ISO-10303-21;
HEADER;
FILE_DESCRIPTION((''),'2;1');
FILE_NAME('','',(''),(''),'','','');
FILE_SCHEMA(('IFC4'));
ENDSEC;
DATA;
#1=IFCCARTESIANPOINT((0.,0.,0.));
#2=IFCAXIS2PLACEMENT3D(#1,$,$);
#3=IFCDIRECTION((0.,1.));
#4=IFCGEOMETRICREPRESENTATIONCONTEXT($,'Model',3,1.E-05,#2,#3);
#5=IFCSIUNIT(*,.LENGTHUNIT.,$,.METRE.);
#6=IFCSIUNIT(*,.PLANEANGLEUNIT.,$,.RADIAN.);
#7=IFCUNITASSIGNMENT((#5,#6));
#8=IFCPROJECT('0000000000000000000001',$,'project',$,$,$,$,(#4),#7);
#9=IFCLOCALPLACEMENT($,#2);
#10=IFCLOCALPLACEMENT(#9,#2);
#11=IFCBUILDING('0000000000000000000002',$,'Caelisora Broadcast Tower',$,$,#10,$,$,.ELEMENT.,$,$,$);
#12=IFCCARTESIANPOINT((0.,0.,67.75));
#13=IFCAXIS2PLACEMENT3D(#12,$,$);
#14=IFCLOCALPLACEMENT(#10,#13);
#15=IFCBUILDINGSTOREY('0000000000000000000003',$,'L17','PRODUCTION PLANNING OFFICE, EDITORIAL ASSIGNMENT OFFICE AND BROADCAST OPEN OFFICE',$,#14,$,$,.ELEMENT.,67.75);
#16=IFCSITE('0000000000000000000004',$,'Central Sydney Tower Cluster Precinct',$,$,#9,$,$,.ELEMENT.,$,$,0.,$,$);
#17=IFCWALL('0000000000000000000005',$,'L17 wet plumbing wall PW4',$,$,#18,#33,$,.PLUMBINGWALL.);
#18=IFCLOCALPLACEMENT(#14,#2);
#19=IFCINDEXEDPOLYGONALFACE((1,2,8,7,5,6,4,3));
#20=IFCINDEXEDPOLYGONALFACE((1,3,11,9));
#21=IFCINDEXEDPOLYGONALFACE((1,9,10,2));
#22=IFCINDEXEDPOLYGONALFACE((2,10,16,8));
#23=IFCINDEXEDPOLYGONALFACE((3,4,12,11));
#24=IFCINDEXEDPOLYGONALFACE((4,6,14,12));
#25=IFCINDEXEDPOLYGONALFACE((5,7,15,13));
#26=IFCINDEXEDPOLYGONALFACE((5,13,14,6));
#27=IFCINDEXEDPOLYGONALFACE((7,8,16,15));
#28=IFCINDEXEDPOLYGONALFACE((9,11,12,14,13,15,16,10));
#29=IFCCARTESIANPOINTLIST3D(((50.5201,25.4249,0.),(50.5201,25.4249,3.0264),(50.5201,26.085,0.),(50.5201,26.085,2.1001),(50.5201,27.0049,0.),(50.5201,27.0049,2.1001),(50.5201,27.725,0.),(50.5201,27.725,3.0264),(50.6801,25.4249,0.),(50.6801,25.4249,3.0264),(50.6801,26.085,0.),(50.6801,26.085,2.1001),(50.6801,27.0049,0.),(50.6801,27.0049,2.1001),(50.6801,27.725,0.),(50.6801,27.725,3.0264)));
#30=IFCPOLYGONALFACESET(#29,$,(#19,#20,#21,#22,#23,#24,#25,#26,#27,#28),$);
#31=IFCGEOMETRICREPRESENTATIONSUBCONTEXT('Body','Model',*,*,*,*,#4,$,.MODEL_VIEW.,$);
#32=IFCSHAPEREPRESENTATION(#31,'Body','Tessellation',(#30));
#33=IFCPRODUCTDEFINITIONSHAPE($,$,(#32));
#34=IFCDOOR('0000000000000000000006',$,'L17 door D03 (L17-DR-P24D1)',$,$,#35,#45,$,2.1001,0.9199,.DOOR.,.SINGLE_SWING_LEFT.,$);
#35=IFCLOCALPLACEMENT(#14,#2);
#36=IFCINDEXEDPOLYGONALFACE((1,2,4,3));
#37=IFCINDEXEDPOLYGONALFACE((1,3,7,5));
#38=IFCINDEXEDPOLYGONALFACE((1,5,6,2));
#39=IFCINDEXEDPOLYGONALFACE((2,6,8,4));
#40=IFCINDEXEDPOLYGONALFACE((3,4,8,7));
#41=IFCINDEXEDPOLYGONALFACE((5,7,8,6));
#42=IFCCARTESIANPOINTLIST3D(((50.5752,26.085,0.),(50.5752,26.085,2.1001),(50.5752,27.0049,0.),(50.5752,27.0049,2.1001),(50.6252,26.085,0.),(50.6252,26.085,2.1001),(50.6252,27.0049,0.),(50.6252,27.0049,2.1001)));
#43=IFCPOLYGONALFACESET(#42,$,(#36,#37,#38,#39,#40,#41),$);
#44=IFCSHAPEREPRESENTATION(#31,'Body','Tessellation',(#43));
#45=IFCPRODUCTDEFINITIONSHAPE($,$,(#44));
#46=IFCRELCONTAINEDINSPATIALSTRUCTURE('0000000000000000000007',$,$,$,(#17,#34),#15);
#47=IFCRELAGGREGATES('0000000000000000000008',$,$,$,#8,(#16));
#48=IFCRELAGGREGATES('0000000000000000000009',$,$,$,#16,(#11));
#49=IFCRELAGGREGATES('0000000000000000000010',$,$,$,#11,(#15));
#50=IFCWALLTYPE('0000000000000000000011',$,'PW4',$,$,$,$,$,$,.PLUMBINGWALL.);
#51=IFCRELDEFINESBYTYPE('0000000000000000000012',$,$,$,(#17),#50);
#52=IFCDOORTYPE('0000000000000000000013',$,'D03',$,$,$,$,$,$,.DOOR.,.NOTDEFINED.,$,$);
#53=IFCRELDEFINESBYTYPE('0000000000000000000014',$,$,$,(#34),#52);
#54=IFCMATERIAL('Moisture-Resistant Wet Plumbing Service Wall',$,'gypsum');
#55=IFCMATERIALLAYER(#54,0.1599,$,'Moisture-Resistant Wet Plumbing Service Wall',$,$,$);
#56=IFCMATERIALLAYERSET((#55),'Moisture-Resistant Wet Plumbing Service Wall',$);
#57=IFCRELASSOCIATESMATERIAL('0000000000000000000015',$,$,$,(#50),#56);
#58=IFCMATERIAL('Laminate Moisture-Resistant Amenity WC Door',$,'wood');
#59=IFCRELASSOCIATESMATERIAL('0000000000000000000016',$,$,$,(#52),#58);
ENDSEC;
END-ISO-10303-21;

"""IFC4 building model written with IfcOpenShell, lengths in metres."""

from ifc_helpers import new_model, si_unit, direction, frame, frame_2d, origin, place, context, subcontext, project, spatial, rectangle, extrude, material, layer, layer_set, type_object, element, fill, save


model = new_model("IFC4")

# Units and contexts
model_context = context("Model", 3, precision=1e-05, world=origin(), true_north=direction((0.0, 1.0)))
body_context = subcontext(model_context, "Body", "Model", "MODEL_VIEW")
ifc_project = project(units=[si_unit("LENGTHUNIT", "METRE"), si_unit("PLANEANGLEUNIT", "RADIAN")], contexts=[model_context])

# Site, building, storey
site_placement = place(None, origin())
site = spatial("IfcSite", under=ifc_project, at=site_placement, Name="Central Sydney Tower Cluster Precinct", CompositionType="ELEMENT", RefElevation=0.0)
building_placement = place(site_placement, origin())
building = spatial("IfcBuilding", under=site, at=building_placement, Name="Caelisora Broadcast Tower", CompositionType="ELEMENT")
storey_placement = place(building_placement, frame((0.0, 0.0, 67.75)))
storey = spatial("IfcBuildingStorey", under=building, at=storey_placement, Name="L17", Description="PRODUCTION PLANNING OFFICE, EDITORIAL ASSIGNMENT OFFICE AND BROADCAST OPEN OFFICE", CompositionType="ELEMENT", Elevation=67.75)

# Shared definitions
ifc_material_1 = material(Name="Moisture-Resistant Wet Plumbing Service Wall", Category="gypsum")
ifc_layer_1 = layer(ifc_material_1, 0.1599, Name="Moisture-Resistant Wet Plumbing Service Wall")
ifc_layer_set_1 = layer_set([ifc_layer_1], Name="Moisture-Resistant Wet Plumbing Service Wall")
wall_type_1 = type_object("IfcWallType", Name="PW4", PredefinedType="PLUMBINGWALL", material=ifc_layer_set_1)

# Wall, opening, door
wall_1_placement = place(storey_placement, frame((50.6001, 25.425, 0.0), z_axis=(0.0, 0.0, 1.0), x_axis=(0.0, 1.0, 0.0)))
wall_1 = element("IfcWall", 1, at=wall_1_placement, inside=storey, type_object=wall_type_1, Name="L17 wet plumbing wall PW4", PredefinedType="PLUMBINGWALL", context=body_context, shape_type="SweptSolid", body=[
    extrude(rectangle(XDim=2.3, YDim=0.1599, at=frame_2d((1.1499, 0.0))), origin(), (0.0, 0.0, 1.0), 3.0264),
])
opening_1_placement = place(wall_1_placement, frame((0.6599, 0.0, 0.0)))
opening_1 = element("IfcOpeningElement", 2, at=opening_1_placement, cuts=wall_1, PredefinedType="OPENING", context=body_context, shape_type="SweptSolid", body=[
    extrude(rectangle(XDim=0.9199, YDim=2.1001, at=frame_2d((0.46, 1.05))), frame((0.0, 0.092, 0.0), z_axis=(0.0, -1.0, 0.0), x_axis=(1.0, 0.0, 0.0)), (0.0, 0.0, 1.0), 0.1838),
])
ifc_material_2 = material(Name="Laminate Moisture-Resistant Amenity WC Door", Category="wood")
door_type_1 = type_object("IfcDoorType", Name="D03", OperationType="NOTDEFINED", PredefinedType="DOOR", material=ifc_material_2)
door_1_placement = place(opening_1_placement, origin())
door_1 = element("IfcDoor", 3, at=door_1_placement, inside=storey, type_object=door_type_1, Name="L17 door D03 (L17-DR-P24D1)", OperationType="SINGLE_SWING_LEFT", OverallHeight=2.1001, OverallWidth=0.9199, PredefinedType="DOOR", context=body_context, shape_type="SweptSolid", body=[
    extrude(rectangle(XDim=0.9199, YDim=2.1001, at=frame_2d((0.46, 1.05))), frame((0.0, 0.0249, 0.0), z_axis=(0.0, -1.0, 0.0), x_axis=(1.0, 0.0, 0.0)), (0.0, 0.0, 1.0), 0.05),
])
fill(opening_1, door_1)

save(model, "model.ifc")
